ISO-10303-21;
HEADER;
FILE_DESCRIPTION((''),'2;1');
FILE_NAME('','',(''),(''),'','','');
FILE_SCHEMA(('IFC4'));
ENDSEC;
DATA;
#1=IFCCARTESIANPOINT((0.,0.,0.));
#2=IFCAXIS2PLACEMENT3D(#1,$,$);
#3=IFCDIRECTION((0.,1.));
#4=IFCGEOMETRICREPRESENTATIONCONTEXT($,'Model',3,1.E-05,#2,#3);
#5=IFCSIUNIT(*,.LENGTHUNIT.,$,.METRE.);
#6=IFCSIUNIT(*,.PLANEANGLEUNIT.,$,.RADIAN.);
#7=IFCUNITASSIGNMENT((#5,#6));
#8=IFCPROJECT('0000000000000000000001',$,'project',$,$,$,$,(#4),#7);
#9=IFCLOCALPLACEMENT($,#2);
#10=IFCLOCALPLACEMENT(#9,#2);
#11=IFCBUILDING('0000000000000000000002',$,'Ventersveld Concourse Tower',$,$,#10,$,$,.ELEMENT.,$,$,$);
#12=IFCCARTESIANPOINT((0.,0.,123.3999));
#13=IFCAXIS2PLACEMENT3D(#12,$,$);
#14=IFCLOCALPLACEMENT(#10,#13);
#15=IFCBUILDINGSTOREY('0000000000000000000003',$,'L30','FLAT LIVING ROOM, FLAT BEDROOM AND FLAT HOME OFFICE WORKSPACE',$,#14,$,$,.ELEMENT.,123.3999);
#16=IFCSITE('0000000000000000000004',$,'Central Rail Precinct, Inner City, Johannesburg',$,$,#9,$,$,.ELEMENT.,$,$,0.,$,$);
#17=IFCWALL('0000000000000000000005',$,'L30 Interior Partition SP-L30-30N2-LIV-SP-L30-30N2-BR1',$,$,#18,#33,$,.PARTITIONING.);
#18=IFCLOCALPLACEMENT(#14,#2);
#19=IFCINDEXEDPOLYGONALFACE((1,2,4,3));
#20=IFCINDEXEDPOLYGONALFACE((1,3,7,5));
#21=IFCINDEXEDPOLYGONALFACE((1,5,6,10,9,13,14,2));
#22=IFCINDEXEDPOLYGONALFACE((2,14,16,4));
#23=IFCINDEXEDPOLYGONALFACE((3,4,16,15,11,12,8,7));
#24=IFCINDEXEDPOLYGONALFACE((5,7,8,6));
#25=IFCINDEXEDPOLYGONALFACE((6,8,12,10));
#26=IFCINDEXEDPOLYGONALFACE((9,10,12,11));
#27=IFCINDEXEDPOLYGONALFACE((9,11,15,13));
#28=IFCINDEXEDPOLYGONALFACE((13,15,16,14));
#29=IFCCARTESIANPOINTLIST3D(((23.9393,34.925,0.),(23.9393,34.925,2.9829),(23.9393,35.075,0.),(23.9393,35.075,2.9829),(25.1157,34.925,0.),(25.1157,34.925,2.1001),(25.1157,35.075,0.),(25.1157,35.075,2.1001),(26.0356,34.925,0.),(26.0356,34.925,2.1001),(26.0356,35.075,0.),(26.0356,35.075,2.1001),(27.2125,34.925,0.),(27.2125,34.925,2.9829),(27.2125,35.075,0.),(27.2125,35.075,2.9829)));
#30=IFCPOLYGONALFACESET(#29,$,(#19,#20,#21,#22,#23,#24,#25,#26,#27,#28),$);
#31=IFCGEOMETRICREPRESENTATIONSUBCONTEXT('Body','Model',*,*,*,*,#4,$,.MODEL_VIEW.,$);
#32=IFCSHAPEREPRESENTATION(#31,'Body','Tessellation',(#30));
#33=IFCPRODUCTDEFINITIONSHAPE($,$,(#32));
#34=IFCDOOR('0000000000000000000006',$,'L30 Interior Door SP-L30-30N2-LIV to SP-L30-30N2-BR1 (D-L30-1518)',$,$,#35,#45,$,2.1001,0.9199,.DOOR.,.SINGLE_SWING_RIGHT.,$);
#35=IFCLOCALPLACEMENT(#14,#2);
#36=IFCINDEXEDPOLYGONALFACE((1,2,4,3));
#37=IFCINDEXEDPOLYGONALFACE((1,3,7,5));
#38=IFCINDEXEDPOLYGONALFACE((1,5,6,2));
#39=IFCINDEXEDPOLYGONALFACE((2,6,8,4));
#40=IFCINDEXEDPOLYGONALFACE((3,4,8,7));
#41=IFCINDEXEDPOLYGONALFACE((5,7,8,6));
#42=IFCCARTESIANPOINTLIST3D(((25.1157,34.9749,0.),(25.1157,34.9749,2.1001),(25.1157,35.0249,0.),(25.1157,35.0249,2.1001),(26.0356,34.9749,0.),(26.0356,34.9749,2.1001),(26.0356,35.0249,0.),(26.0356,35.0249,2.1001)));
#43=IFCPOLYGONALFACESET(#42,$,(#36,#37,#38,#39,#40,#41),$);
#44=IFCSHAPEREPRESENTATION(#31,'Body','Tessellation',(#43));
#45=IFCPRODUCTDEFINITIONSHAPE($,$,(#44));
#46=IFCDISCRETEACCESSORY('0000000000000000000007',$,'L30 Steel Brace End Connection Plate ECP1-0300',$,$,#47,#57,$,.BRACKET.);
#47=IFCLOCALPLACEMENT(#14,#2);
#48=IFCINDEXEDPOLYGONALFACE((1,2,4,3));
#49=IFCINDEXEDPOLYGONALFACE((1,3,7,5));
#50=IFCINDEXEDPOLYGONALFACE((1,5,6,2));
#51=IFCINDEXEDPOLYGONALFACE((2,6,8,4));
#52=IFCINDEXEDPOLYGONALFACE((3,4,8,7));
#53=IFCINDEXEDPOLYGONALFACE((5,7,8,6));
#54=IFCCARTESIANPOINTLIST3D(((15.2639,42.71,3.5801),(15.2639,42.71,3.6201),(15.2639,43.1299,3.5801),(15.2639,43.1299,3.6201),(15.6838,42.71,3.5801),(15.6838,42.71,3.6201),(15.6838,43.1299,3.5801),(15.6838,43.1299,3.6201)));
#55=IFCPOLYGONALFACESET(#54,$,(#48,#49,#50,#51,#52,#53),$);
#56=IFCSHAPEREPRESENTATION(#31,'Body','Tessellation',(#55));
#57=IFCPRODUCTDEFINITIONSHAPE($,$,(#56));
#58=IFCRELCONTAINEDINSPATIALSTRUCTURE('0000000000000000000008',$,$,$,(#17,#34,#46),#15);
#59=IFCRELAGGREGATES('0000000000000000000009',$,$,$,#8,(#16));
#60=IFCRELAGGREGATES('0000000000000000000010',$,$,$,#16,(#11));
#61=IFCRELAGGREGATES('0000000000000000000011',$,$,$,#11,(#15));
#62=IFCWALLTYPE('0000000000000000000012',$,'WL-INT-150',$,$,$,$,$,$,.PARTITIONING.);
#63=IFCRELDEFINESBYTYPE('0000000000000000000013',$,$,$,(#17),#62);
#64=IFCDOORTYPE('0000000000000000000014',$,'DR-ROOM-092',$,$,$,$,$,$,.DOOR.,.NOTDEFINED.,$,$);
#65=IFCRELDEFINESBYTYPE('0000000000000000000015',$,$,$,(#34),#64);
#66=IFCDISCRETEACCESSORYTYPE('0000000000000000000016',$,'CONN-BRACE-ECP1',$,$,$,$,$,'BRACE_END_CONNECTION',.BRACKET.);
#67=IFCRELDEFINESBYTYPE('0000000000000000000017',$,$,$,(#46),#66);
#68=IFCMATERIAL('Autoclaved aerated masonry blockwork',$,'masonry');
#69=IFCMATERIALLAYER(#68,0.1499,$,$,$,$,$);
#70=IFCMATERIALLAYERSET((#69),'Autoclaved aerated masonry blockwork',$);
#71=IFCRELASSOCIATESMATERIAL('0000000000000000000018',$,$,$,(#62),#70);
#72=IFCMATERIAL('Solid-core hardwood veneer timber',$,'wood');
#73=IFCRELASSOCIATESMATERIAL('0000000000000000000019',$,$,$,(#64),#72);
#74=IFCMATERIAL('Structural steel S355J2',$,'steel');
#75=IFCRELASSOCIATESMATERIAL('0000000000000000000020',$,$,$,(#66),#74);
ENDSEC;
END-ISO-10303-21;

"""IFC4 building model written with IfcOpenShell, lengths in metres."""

from ifc_helpers import new_model, si_unit, direction, frame, frame_2d, origin, origin_2d, place, context, subcontext, project, spatial, rectangle, extrude, material, layer, layer_set, type_object, element, fill, save


model = new_model("IFC4")

# Units and contexts
model_context = context("Model", 3, precision=1e-05, world=origin(), true_north=direction((0.0, 1.0)))
body_context = subcontext(model_context, "Body", "Model", "MODEL_VIEW")
ifc_project = project(units=[si_unit("LENGTHUNIT", "METRE"), si_unit("PLANEANGLEUNIT", "RADIAN")], contexts=[model_context])

# Site, building, storey
site_placement = place(None, origin())
site = spatial("IfcSite", under=ifc_project, at=site_placement, Name="Central Rail Precinct, Inner City, Johannesburg", CompositionType="ELEMENT", RefElevation=0.0)
building_placement = place(site_placement, origin())
building = spatial("IfcBuilding", under=site, at=building_placement, Name="Ventersveld Concourse Tower", CompositionType="ELEMENT")
storey_placement = place(building_placement, frame((0.0, 0.0, 123.3999)))
storey = spatial("IfcBuildingStorey", under=building, at=storey_placement, Name="L30", Description="FLAT LIVING ROOM, FLAT BEDROOM AND FLAT HOME OFFICE WORKSPACE", CompositionType="ELEMENT", Elevation=123.3999)

# Shared definitions
ifc_material_1 = material(Name="Structural steel S355J2", Category="steel")

# Shared definitions
ifc_material_2 = material(Name="Autoclaved aerated masonry blockwork", Category="masonry")
ifc_layer_1 = layer(ifc_material_2, 0.1499)
ifc_layer_set_1 = layer_set([ifc_layer_1], Name="Autoclaved aerated masonry blockwork")
wall_type_1 = type_object("IfcWallType", Name="WL-INT-150", PredefinedType="PARTITIONING", material=ifc_layer_set_1)

# Shared definitions
ifc_material_3 = material(Name="Solid-core hardwood veneer timber", Category="wood")
door_type = type_object("IfcDoorType", Name="DR-ROOM-092", OperationType="NOTDEFINED", PredefinedType="DOOR", material=ifc_material_3)

# Wall, opening, door
wall_1_placement = place(storey_placement, frame((23.9392, 35.0, 0.0), z_axis=(0.0, 0.0, 1.0), x_axis=(1.0, 0.0, 0.0)))
wall_1 = element("IfcWall", 1, at=wall_1_placement, inside=storey, type_object=wall_type_1, Name="L30 Interior Partition SP-L30-30N2-LIV-SP-L30-30N2-BR1", PredefinedType="PARTITIONING", context=body_context, shape_type="SweptSolid", body=[
    extrude(rectangle(XDim=3.2732, YDim=0.1499, at=frame_2d((1.6367, 0.0))), origin(), (0.0, 0.0, 1.0), 2.9829),
])
opening_1_placement = place(wall_1_placement, frame((1.1765, 0.0, 0.0)))
opening_1 = element("IfcOpeningElement", 2, at=opening_1_placement, cuts=wall_1, PredefinedType="OPENING", context=body_context, shape_type="SweptSolid", body=[
    extrude(rectangle(XDim=0.9199, YDim=2.1001, at=frame_2d((0.46, 1.05))), frame((0.0, 0.085, 0.0), z_axis=(0.0, -1.0, 0.0), x_axis=(1.0, 0.0, 0.0)), (0.0, 0.0, 1.0), 0.1699),
])
door_1_placement = place(opening_1_placement, origin())
door_1 = element("IfcDoor", 3, at=door_1_placement, inside=storey, type_object=door_type, Name="L30 Interior Door SP-L30-30N2-LIV to SP-L30-30N2-BR1 (D-L30-1518)", OperationType="SINGLE_SWING_RIGHT", OverallHeight=2.1001, OverallWidth=0.9199, PredefinedType="DOOR", context=body_context, shape_type="SweptSolid", body=[
    extrude(rectangle(XDim=0.9199, YDim=2.1001, at=frame_2d((0.46, 1.05))), frame((0.0, 0.0249, 0.0), z_axis=(0.0, -1.0, 0.0), x_axis=(1.0, 0.0, 0.0)), (0.0, 0.0, 1.0), 0.05),
])
fill(opening_1, door_1)

# Discrete accessory
discrete_accessory_type = type_object("IfcDiscreteAccessoryType", Name="CONN-BRACE-ECP1", ElementType="BRACE_END_CONNECTION", PredefinedType="BRACKET", material=ifc_material_1)
discrete_accessory_placement = place(storey_placement, frame((15.4739, 42.9199, 3.5801), z_axis=(0.0, 0.0, 1.0), x_axis=(1.0, 0.0, 0.0)))
element("IfcDiscreteAccessory", 4, at=discrete_accessory_placement, inside=storey, type_object=discrete_accessory_type, Name="L30 Steel Brace End Connection Plate ECP1-0300", PredefinedType="BRACKET", context=body_context, shape_type="SweptSolid", body=[
    extrude(rectangle(XDim=0.4199, YDim=0.4199, at=origin_2d()), origin(), (0.0, 0.0, 1.0), 0.04),
])

save(model, "model.ifc")
